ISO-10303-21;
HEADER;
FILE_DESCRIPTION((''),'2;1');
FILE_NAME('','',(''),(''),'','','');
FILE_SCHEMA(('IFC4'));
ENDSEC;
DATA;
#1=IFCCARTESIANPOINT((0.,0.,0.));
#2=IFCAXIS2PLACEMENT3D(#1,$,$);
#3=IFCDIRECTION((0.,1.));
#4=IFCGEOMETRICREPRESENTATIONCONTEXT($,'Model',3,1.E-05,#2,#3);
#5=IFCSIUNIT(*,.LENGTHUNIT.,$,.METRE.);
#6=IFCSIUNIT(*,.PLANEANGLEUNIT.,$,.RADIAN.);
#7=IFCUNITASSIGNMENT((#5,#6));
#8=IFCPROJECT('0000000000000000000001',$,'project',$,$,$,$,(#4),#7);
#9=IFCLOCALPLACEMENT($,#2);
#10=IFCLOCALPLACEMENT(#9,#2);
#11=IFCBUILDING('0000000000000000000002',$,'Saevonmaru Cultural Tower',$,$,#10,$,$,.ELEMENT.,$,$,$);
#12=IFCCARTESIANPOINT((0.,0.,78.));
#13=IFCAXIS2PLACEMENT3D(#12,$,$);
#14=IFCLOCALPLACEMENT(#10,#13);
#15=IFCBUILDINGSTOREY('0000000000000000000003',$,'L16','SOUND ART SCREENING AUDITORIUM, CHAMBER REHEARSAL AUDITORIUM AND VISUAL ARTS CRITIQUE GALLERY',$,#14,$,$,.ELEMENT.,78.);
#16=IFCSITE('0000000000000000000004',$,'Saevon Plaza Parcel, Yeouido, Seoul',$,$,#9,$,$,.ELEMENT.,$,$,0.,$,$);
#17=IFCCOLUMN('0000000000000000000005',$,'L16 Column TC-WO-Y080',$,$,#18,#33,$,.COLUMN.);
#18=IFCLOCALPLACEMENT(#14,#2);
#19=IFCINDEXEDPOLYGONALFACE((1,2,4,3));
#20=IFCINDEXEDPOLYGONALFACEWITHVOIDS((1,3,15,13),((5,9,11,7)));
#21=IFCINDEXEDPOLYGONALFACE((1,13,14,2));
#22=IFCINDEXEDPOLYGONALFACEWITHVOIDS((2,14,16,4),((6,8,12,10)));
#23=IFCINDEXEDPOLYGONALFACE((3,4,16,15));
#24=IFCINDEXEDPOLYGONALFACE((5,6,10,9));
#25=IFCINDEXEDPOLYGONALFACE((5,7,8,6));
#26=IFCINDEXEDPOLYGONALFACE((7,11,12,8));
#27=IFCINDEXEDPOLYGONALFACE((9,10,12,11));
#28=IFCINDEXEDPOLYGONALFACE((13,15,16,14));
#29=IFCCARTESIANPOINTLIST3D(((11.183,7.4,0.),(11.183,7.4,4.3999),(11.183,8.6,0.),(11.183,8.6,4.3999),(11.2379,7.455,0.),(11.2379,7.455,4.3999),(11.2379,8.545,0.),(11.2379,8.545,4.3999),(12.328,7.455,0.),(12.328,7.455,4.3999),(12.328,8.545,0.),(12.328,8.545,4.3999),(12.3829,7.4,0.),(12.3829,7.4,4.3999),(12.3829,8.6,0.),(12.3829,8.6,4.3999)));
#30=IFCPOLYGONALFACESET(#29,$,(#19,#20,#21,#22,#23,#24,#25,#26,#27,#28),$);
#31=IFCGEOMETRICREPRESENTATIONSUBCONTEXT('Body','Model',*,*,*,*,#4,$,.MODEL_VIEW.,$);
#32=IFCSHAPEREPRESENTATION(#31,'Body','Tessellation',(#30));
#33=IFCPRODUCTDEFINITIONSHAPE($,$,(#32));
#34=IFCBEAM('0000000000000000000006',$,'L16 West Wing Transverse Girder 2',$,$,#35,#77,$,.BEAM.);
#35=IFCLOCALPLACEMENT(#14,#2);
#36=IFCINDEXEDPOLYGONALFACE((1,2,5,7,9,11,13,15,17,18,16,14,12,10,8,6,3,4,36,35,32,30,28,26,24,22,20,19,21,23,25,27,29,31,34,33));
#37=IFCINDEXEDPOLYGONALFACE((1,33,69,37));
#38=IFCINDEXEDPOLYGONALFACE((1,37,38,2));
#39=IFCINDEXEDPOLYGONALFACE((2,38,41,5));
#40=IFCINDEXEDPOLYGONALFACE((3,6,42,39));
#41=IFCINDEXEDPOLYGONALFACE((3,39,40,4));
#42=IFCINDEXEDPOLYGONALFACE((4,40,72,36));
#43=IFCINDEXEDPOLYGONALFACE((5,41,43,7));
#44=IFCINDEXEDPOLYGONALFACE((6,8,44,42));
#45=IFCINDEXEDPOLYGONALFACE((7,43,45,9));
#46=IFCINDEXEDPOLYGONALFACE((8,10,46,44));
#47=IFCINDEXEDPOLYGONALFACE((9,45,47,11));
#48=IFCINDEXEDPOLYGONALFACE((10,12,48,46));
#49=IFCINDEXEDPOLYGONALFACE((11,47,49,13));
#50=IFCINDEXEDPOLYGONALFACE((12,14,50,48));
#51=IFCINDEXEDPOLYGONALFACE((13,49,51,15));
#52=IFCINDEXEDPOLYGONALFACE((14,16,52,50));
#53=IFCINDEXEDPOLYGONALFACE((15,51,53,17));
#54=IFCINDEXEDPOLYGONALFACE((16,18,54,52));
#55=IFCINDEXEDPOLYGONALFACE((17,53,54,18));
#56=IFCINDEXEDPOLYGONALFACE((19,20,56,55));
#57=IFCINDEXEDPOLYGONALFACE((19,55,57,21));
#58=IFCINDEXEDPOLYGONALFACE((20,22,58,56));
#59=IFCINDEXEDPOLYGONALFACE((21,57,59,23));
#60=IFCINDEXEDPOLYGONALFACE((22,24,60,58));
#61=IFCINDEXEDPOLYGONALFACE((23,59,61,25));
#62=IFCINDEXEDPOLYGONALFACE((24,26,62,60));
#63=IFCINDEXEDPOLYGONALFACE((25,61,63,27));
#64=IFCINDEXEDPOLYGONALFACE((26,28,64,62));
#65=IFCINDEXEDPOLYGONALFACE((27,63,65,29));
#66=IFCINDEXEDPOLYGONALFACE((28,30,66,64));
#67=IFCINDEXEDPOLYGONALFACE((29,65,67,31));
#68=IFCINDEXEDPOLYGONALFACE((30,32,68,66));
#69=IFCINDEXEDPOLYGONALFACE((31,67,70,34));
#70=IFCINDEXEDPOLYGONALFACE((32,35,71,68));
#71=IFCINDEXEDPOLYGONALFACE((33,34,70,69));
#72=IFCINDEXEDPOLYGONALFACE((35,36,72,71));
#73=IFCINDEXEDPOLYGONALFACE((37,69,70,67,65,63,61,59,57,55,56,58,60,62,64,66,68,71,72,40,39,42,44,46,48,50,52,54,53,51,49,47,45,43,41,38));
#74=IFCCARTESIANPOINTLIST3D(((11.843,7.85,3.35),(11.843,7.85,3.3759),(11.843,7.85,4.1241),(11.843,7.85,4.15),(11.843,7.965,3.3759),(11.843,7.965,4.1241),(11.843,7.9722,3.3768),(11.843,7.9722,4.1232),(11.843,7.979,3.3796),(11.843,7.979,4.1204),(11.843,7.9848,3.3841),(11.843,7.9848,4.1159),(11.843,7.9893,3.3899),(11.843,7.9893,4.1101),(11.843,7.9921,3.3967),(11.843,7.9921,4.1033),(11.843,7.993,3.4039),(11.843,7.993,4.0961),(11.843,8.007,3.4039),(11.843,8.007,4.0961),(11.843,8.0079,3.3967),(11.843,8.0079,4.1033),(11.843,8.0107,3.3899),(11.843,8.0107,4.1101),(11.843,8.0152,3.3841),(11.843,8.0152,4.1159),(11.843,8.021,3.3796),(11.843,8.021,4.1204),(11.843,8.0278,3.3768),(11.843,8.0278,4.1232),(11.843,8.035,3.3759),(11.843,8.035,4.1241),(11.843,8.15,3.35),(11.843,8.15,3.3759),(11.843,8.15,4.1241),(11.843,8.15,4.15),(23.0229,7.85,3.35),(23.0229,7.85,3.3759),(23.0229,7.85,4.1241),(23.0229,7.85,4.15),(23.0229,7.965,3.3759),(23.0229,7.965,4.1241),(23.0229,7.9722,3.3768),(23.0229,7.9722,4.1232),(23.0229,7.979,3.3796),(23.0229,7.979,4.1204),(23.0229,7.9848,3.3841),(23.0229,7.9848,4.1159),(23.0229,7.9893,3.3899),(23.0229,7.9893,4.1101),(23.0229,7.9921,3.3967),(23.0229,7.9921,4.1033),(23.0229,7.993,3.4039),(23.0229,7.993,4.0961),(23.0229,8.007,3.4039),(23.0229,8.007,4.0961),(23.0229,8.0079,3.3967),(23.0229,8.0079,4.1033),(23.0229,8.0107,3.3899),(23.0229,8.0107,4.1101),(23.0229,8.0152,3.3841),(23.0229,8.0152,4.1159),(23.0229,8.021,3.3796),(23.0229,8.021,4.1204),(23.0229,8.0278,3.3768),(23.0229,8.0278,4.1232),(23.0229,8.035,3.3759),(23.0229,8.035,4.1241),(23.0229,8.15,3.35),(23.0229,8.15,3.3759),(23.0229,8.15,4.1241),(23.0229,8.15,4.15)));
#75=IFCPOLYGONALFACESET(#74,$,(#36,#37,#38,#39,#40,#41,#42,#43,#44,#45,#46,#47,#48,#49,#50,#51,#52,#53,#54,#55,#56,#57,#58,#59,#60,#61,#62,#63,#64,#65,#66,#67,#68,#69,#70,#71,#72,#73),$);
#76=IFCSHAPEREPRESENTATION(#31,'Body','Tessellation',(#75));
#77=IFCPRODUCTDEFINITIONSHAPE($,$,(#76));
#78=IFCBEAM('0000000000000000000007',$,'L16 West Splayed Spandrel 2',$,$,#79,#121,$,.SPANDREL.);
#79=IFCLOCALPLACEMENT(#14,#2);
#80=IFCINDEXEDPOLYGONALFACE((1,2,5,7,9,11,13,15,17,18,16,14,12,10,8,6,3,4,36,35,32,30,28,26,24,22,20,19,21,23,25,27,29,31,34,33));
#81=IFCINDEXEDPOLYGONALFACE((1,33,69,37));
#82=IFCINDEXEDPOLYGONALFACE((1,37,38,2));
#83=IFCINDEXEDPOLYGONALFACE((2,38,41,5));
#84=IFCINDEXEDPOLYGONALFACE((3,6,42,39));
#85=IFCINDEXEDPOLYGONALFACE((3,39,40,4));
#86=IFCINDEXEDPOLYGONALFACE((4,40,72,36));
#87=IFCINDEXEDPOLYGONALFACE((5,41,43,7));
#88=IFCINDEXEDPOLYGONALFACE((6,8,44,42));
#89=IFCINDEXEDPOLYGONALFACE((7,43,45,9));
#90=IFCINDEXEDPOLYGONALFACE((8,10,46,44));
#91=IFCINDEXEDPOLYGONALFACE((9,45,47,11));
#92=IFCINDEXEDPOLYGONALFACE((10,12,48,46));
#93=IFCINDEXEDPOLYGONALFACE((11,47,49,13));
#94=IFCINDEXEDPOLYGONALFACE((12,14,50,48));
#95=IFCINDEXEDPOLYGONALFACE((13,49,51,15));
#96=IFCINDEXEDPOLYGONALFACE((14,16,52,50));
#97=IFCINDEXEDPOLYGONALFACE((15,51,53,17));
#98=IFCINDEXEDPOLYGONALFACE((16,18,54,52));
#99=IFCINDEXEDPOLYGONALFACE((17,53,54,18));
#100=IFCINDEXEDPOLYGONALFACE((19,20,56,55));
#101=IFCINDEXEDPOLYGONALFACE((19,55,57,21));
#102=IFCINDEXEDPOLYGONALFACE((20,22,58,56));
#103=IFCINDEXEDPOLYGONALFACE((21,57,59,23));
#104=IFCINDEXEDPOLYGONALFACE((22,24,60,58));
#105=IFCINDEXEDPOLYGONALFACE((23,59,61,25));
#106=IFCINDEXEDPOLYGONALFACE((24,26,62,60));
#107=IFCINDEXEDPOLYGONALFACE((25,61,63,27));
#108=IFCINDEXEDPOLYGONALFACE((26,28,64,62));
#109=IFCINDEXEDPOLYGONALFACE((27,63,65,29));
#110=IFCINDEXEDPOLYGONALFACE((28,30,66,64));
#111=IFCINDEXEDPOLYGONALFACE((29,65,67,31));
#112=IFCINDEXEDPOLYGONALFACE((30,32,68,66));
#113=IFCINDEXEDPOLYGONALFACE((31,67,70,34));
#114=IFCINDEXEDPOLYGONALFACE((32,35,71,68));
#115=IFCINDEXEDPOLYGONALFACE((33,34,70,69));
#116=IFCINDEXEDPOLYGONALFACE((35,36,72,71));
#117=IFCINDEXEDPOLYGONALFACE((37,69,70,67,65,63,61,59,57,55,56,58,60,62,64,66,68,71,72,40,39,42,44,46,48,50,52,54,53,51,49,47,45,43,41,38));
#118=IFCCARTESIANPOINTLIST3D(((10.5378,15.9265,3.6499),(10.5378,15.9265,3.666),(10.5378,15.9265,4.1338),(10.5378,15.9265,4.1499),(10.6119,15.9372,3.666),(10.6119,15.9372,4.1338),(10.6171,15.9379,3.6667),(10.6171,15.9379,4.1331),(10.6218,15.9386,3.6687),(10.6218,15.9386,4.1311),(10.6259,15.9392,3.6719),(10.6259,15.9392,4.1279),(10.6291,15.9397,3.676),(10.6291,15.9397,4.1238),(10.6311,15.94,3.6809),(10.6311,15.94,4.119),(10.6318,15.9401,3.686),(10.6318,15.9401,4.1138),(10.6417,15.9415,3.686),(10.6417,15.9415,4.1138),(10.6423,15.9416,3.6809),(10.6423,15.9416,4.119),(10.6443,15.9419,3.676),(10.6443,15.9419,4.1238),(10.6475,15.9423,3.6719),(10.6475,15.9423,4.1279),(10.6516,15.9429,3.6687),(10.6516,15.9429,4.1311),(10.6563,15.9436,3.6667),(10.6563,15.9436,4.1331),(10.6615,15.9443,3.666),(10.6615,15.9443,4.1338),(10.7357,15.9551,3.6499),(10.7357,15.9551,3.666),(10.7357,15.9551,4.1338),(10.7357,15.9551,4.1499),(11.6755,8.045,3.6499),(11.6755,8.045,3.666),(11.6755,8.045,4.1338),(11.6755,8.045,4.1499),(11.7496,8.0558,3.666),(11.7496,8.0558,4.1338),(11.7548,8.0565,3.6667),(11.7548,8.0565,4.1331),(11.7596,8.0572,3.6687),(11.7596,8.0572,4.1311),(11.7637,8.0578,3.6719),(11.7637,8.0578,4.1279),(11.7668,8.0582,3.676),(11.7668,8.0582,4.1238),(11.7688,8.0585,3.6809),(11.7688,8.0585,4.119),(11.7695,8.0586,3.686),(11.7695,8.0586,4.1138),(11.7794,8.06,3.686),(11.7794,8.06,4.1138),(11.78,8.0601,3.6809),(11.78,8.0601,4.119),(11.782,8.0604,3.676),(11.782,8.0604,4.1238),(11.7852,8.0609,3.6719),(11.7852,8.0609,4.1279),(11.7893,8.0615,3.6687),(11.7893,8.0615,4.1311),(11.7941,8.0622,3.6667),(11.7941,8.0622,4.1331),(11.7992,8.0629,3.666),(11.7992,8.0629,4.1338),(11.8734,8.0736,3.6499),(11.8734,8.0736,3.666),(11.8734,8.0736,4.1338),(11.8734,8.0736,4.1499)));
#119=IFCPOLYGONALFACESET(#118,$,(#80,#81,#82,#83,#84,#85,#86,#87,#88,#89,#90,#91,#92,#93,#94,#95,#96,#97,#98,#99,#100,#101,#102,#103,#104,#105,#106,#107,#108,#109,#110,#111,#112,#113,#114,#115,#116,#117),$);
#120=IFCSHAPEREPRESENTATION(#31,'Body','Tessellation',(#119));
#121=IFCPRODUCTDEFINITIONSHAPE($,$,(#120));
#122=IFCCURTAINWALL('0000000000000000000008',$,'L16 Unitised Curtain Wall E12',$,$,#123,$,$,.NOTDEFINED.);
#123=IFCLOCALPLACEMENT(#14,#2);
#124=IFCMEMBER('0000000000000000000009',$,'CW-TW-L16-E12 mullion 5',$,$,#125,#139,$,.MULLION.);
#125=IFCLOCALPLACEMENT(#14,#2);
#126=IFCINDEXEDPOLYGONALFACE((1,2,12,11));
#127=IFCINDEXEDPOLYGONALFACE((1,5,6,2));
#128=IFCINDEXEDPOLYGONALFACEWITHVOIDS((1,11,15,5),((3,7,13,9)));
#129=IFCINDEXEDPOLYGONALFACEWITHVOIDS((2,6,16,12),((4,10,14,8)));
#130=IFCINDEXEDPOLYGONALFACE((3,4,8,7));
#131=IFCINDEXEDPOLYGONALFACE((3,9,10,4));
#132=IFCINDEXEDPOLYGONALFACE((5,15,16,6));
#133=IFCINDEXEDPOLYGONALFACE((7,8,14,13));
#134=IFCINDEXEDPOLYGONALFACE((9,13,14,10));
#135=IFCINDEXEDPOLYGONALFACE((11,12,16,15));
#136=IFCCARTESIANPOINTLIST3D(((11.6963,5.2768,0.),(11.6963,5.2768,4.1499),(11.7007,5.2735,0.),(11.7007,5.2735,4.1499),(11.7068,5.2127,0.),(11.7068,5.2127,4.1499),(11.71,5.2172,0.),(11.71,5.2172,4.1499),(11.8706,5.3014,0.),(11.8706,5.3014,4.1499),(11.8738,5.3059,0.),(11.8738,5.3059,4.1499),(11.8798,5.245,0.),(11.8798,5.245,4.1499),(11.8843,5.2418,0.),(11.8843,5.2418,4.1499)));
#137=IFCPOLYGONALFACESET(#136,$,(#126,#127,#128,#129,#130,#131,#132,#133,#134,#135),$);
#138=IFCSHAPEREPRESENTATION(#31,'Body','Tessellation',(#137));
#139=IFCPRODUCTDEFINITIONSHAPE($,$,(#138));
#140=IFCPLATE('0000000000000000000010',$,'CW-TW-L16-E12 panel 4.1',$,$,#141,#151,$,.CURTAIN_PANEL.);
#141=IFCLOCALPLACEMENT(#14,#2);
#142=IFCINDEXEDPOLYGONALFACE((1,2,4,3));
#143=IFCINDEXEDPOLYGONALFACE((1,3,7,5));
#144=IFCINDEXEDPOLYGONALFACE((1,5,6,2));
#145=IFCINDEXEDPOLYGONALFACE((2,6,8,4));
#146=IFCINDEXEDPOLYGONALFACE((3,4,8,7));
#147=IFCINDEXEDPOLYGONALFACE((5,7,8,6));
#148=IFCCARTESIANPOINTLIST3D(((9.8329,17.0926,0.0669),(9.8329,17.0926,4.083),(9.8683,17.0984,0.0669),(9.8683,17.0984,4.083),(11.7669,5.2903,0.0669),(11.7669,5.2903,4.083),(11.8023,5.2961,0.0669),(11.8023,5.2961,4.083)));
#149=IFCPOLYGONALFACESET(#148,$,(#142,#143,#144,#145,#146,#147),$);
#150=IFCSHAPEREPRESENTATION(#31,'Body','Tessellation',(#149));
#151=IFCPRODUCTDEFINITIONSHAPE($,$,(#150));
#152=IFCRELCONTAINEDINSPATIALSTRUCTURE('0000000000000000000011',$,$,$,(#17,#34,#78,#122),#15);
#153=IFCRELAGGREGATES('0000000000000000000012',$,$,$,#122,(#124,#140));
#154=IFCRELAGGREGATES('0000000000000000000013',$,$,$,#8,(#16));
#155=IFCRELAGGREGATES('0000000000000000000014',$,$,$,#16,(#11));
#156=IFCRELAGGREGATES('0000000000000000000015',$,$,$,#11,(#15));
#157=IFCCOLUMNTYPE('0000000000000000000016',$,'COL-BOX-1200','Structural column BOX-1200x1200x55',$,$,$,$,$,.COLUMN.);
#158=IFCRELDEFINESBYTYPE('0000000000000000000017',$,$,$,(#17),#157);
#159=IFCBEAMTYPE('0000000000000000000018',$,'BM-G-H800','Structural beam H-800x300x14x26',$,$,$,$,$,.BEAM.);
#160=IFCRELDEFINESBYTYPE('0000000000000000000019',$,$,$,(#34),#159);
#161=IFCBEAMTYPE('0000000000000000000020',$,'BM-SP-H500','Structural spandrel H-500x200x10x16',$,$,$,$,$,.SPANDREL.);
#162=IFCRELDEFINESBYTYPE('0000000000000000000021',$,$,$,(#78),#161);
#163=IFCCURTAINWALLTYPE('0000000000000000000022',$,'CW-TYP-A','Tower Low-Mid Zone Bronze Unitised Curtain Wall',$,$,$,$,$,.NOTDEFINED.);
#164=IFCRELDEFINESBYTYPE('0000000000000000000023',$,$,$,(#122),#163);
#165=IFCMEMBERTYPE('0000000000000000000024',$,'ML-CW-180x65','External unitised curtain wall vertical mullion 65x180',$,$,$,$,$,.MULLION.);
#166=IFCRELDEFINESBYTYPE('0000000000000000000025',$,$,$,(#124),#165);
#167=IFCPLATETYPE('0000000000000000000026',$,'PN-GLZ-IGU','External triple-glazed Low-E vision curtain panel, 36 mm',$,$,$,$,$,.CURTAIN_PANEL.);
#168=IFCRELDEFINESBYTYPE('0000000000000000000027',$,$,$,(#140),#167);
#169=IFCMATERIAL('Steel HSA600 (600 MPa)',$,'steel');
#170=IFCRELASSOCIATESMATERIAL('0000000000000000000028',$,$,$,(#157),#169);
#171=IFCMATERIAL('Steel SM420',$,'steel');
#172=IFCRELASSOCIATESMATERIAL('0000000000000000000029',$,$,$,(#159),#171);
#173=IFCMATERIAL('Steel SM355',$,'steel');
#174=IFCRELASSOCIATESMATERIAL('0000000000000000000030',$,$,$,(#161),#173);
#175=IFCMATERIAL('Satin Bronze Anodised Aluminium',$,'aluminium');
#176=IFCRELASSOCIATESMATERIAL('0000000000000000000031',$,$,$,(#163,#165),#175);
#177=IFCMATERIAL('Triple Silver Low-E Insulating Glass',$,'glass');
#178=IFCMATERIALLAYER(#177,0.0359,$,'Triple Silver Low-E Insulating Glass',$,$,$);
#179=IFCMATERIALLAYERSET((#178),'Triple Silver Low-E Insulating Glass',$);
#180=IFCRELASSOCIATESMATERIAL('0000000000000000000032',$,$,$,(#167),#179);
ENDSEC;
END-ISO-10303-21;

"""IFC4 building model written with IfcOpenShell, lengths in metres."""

from ifc_helpers import new_model, si_unit, direction, frame, origin, origin_2d, place, context, subcontext, project, spatial, rectangle, hollow_rectangle, i_section, extrude, material, layer, layer_set, material_profile, profile_set, type_object, element, aggregate, save


model = new_model("IFC4")

# Units and contexts
model_context = context("Model", 3, precision=1e-05, world=origin(), true_north=direction((0.0, 1.0)))
body_context = subcontext(model_context, "Body", "Model", "MODEL_VIEW")
ifc_project = project(units=[si_unit("LENGTHUNIT", "METRE"), si_unit("PLANEANGLEUNIT", "RADIAN")], contexts=[model_context])

# Site, building, storey
site_placement = place(None, origin())
site = spatial("IfcSite", under=ifc_project, at=site_placement, Name="Saevon Plaza Parcel, Yeouido, Seoul", CompositionType="ELEMENT", RefElevation=0.0)
building_placement = place(site_placement, origin())
building = spatial("IfcBuilding", under=site, at=building_placement, Name="Saevonmaru Cultural Tower", CompositionType="ELEMENT")
storey_placement = place(building_placement, frame((0.0, 0.0, 78.0)))
storey = spatial("IfcBuildingStorey", under=building, at=storey_placement, Name="L16", Description="SOUND ART SCREENING AUDITORIUM, CHAMBER REHEARSAL AUDITORIUM AND VISUAL ARTS CRITIQUE GALLERY", CompositionType="ELEMENT", Elevation=78.0)

# Column
ifc_material_1 = material(Name="Steel HSA600 (600 MPa)", Category="steel")
ifc_material_profile_1 = material_profile(ifc_material_1, hollow_rectangle(XDim=1.2, YDim=1.2, WallThickness=0.0549, at=origin_2d()), Name="BOX-1200x1200x55")
ifc_profile_set_1 = profile_set([ifc_material_profile_1], Name="Steel HSA600 (600 MPa)")
column_type = type_object("IfcColumnType", Name="COL-BOX-1200", Description="Structural column BOX-1200x1200x55", PredefinedType="COLUMN", material=ifc_profile_set_1)
column_placement = place(storey_placement, frame((11.783, 8.0, 0.0), z_axis=(0.0, 0.0, 1.0), x_axis=(1.0, 0.0, 0.0)))
element("IfcColumn", 1, at=column_placement, inside=storey, type_object=column_type, Name="L16 Column TC-WO-Y080", PredefinedType="COLUMN", context=body_context, shape_type="SweptSolid", body=[
    extrude(hollow_rectangle(XDim=1.2, YDim=1.2, WallThickness=0.0549, at=origin_2d()), origin(), (0.0, 0.0, 1.0), 4.3999),
])

# Beams
ifc_material_2 = material(Name="Steel SM420", Category="steel")
ifc_material_profile_2 = material_profile(ifc_material_2, i_section(OverallWidth=0.3, OverallDepth=0.8, WebThickness=0.0139, FlangeThickness=0.0259, FilletRadius=0.0281, at=origin_2d()), Name="H-800x300x14x26")
ifc_profile_set_2 = profile_set([ifc_material_profile_2], Name="Steel SM420")
beam_type_1 = type_object("IfcBeamType", Name="BM-G-H800", Description="Structural beam H-800x300x14x26", PredefinedType="BEAM", material=ifc_profile_set_2)
beam_1_placement = place(storey_placement, frame((11.843, 8.0, 3.75), z_axis=(1.0, 0.0, 0.0), x_axis=(0.0, 1.0, 0.0)))
element("IfcBeam", 2, at=beam_1_placement, inside=storey, type_object=beam_type_1, Name="L16 West Wing Transverse Girder 2", PredefinedType="BEAM", context=body_context, shape_type="SweptSolid", body=[
    extrude(i_section(OverallWidth=0.3, OverallDepth=0.8, WebThickness=0.0139, FlangeThickness=0.0259, FilletRadius=0.0281, at=origin_2d()), origin(), (0.0, 0.0, 1.0), 11.1799),
])
ifc_material_3 = material(Name="Steel SM355", Category="steel")
ifc_material_profile_3 = material_profile(ifc_material_3, i_section(OverallWidth=0.2, OverallDepth=0.5, WebThickness=0.01, FlangeThickness=0.0161, FilletRadius=0.02, at=origin_2d()), Name="H-500x200x10x16")
ifc_profile_set_3 = profile_set([ifc_material_profile_3], Name="Steel SM355")
beam_type_2 = type_object("IfcBeamType", Name="BM-SP-H500", Description="Structural spandrel H-500x200x10x16", PredefinedType="SPANDREL", material=ifc_profile_set_3)
beam_2_placement = place(storey_placement, frame((11.7744, 8.0593, 3.8999), z_axis=(-0.142872, 0.989741, 0.0), x_axis=(-0.989741, -0.142872, 0.0)))
element("IfcBeam", 3, at=beam_2_placement, inside=storey, type_object=beam_type_2, Name="L16 West Splayed Spandrel 2", PredefinedType="SPANDREL", context=body_context, shape_type="SweptSolid", body=[
    extrude(i_section(OverallWidth=0.2, OverallDepth=0.5, WebThickness=0.01, FlangeThickness=0.0161, FilletRadius=0.02, at=origin_2d()), origin(), (0.0, 0.0, 1.0), 7.9631),
])

# Curtain wall, member, plate
ifc_material_4 = material(Name="Satin Bronze Anodised Aluminium", Category="aluminium")
curtain_wall_type = type_object("IfcCurtainWallType", Name="CW-TYP-A", Description="Tower Low-Mid Zone Bronze Unitised Curtain Wall", PredefinedType="NOTDEFINED", material=ifc_material_4)
curtain_wall_placement = place(storey_placement, origin())
curtain_wall = element("IfcCurtainWall", 4, at=curtain_wall_placement, inside=storey, type_object=curtain_wall_type, Name="L16 Unitised Curtain Wall E12", PredefinedType="NOTDEFINED")
ifc_material_profile_4 = material_profile(ifc_material_4, hollow_rectangle(XDim=0.0649, YDim=0.1799, WallThickness=0.0039, at=origin_2d()), Name="ALU-MULL-180x65x4")
ifc_profile_set_4 = profile_set([ifc_material_profile_4], Name="Satin Bronze Anodised Aluminium")
member_type = type_object("IfcMemberType", Name="ML-CW-180x65", Description="External unitised curtain wall vertical mullion 65x180", PredefinedType="MULLION", material=ifc_profile_set_4)
member_placement = place(storey_placement, frame((11.7903, 5.2593, 0.0), z_axis=(0.0, 0.0, 1.0), x_axis=(0.161709, -0.986839, 0.0)))
member = element("IfcMember", 5, at=member_placement, type_object=member_type, Name="CW-TW-L16-E12 mullion 5", PredefinedType="MULLION", context=body_context, shape_type="SweptSolid", body=[
    extrude(hollow_rectangle(XDim=0.0649, YDim=0.1799, WallThickness=0.0039, at=origin_2d()), origin(), (0.0, 0.0, 1.0), 4.1499),
])
ifc_material_5 = material(Name="Triple Silver Low-E Insulating Glass", Category="glass")
ifc_layer_1 = layer(ifc_material_5, 0.0359, Name="Triple Silver Low-E Insulating Glass")
ifc_layer_set_1 = layer_set([ifc_layer_1], Name="Triple Silver Low-E Insulating Glass")
plate_type = type_object("IfcPlateType", Name="PN-GLZ-IGU", Description="External triple-glazed Low-E vision curtain panel, 36 mm", PredefinedType="CURTAIN_PANEL", material=ifc_layer_set_1)
plate_placement = place(storey_placement, frame((10.8176, 11.1943, 0.0669), z_axis=(0.0, 0.0, 1.0), x_axis=(0.161709, -0.986839, 0.0)))
plate = element("IfcPlate", 6, at=plate_placement, type_object=plate_type, Name="CW-TW-L16-E12 panel 4.1", PredefinedType="CURTAIN_PANEL", context=body_context, shape_type="SweptSolid", body=[
    extrude(rectangle(XDim=11.9597, YDim=0.0359, at=origin_2d()), origin(), (0.0, 0.0, 1.0), 4.0161),
])
aggregate(curtain_wall, [member, plate])

save(model, "model.ifc")
